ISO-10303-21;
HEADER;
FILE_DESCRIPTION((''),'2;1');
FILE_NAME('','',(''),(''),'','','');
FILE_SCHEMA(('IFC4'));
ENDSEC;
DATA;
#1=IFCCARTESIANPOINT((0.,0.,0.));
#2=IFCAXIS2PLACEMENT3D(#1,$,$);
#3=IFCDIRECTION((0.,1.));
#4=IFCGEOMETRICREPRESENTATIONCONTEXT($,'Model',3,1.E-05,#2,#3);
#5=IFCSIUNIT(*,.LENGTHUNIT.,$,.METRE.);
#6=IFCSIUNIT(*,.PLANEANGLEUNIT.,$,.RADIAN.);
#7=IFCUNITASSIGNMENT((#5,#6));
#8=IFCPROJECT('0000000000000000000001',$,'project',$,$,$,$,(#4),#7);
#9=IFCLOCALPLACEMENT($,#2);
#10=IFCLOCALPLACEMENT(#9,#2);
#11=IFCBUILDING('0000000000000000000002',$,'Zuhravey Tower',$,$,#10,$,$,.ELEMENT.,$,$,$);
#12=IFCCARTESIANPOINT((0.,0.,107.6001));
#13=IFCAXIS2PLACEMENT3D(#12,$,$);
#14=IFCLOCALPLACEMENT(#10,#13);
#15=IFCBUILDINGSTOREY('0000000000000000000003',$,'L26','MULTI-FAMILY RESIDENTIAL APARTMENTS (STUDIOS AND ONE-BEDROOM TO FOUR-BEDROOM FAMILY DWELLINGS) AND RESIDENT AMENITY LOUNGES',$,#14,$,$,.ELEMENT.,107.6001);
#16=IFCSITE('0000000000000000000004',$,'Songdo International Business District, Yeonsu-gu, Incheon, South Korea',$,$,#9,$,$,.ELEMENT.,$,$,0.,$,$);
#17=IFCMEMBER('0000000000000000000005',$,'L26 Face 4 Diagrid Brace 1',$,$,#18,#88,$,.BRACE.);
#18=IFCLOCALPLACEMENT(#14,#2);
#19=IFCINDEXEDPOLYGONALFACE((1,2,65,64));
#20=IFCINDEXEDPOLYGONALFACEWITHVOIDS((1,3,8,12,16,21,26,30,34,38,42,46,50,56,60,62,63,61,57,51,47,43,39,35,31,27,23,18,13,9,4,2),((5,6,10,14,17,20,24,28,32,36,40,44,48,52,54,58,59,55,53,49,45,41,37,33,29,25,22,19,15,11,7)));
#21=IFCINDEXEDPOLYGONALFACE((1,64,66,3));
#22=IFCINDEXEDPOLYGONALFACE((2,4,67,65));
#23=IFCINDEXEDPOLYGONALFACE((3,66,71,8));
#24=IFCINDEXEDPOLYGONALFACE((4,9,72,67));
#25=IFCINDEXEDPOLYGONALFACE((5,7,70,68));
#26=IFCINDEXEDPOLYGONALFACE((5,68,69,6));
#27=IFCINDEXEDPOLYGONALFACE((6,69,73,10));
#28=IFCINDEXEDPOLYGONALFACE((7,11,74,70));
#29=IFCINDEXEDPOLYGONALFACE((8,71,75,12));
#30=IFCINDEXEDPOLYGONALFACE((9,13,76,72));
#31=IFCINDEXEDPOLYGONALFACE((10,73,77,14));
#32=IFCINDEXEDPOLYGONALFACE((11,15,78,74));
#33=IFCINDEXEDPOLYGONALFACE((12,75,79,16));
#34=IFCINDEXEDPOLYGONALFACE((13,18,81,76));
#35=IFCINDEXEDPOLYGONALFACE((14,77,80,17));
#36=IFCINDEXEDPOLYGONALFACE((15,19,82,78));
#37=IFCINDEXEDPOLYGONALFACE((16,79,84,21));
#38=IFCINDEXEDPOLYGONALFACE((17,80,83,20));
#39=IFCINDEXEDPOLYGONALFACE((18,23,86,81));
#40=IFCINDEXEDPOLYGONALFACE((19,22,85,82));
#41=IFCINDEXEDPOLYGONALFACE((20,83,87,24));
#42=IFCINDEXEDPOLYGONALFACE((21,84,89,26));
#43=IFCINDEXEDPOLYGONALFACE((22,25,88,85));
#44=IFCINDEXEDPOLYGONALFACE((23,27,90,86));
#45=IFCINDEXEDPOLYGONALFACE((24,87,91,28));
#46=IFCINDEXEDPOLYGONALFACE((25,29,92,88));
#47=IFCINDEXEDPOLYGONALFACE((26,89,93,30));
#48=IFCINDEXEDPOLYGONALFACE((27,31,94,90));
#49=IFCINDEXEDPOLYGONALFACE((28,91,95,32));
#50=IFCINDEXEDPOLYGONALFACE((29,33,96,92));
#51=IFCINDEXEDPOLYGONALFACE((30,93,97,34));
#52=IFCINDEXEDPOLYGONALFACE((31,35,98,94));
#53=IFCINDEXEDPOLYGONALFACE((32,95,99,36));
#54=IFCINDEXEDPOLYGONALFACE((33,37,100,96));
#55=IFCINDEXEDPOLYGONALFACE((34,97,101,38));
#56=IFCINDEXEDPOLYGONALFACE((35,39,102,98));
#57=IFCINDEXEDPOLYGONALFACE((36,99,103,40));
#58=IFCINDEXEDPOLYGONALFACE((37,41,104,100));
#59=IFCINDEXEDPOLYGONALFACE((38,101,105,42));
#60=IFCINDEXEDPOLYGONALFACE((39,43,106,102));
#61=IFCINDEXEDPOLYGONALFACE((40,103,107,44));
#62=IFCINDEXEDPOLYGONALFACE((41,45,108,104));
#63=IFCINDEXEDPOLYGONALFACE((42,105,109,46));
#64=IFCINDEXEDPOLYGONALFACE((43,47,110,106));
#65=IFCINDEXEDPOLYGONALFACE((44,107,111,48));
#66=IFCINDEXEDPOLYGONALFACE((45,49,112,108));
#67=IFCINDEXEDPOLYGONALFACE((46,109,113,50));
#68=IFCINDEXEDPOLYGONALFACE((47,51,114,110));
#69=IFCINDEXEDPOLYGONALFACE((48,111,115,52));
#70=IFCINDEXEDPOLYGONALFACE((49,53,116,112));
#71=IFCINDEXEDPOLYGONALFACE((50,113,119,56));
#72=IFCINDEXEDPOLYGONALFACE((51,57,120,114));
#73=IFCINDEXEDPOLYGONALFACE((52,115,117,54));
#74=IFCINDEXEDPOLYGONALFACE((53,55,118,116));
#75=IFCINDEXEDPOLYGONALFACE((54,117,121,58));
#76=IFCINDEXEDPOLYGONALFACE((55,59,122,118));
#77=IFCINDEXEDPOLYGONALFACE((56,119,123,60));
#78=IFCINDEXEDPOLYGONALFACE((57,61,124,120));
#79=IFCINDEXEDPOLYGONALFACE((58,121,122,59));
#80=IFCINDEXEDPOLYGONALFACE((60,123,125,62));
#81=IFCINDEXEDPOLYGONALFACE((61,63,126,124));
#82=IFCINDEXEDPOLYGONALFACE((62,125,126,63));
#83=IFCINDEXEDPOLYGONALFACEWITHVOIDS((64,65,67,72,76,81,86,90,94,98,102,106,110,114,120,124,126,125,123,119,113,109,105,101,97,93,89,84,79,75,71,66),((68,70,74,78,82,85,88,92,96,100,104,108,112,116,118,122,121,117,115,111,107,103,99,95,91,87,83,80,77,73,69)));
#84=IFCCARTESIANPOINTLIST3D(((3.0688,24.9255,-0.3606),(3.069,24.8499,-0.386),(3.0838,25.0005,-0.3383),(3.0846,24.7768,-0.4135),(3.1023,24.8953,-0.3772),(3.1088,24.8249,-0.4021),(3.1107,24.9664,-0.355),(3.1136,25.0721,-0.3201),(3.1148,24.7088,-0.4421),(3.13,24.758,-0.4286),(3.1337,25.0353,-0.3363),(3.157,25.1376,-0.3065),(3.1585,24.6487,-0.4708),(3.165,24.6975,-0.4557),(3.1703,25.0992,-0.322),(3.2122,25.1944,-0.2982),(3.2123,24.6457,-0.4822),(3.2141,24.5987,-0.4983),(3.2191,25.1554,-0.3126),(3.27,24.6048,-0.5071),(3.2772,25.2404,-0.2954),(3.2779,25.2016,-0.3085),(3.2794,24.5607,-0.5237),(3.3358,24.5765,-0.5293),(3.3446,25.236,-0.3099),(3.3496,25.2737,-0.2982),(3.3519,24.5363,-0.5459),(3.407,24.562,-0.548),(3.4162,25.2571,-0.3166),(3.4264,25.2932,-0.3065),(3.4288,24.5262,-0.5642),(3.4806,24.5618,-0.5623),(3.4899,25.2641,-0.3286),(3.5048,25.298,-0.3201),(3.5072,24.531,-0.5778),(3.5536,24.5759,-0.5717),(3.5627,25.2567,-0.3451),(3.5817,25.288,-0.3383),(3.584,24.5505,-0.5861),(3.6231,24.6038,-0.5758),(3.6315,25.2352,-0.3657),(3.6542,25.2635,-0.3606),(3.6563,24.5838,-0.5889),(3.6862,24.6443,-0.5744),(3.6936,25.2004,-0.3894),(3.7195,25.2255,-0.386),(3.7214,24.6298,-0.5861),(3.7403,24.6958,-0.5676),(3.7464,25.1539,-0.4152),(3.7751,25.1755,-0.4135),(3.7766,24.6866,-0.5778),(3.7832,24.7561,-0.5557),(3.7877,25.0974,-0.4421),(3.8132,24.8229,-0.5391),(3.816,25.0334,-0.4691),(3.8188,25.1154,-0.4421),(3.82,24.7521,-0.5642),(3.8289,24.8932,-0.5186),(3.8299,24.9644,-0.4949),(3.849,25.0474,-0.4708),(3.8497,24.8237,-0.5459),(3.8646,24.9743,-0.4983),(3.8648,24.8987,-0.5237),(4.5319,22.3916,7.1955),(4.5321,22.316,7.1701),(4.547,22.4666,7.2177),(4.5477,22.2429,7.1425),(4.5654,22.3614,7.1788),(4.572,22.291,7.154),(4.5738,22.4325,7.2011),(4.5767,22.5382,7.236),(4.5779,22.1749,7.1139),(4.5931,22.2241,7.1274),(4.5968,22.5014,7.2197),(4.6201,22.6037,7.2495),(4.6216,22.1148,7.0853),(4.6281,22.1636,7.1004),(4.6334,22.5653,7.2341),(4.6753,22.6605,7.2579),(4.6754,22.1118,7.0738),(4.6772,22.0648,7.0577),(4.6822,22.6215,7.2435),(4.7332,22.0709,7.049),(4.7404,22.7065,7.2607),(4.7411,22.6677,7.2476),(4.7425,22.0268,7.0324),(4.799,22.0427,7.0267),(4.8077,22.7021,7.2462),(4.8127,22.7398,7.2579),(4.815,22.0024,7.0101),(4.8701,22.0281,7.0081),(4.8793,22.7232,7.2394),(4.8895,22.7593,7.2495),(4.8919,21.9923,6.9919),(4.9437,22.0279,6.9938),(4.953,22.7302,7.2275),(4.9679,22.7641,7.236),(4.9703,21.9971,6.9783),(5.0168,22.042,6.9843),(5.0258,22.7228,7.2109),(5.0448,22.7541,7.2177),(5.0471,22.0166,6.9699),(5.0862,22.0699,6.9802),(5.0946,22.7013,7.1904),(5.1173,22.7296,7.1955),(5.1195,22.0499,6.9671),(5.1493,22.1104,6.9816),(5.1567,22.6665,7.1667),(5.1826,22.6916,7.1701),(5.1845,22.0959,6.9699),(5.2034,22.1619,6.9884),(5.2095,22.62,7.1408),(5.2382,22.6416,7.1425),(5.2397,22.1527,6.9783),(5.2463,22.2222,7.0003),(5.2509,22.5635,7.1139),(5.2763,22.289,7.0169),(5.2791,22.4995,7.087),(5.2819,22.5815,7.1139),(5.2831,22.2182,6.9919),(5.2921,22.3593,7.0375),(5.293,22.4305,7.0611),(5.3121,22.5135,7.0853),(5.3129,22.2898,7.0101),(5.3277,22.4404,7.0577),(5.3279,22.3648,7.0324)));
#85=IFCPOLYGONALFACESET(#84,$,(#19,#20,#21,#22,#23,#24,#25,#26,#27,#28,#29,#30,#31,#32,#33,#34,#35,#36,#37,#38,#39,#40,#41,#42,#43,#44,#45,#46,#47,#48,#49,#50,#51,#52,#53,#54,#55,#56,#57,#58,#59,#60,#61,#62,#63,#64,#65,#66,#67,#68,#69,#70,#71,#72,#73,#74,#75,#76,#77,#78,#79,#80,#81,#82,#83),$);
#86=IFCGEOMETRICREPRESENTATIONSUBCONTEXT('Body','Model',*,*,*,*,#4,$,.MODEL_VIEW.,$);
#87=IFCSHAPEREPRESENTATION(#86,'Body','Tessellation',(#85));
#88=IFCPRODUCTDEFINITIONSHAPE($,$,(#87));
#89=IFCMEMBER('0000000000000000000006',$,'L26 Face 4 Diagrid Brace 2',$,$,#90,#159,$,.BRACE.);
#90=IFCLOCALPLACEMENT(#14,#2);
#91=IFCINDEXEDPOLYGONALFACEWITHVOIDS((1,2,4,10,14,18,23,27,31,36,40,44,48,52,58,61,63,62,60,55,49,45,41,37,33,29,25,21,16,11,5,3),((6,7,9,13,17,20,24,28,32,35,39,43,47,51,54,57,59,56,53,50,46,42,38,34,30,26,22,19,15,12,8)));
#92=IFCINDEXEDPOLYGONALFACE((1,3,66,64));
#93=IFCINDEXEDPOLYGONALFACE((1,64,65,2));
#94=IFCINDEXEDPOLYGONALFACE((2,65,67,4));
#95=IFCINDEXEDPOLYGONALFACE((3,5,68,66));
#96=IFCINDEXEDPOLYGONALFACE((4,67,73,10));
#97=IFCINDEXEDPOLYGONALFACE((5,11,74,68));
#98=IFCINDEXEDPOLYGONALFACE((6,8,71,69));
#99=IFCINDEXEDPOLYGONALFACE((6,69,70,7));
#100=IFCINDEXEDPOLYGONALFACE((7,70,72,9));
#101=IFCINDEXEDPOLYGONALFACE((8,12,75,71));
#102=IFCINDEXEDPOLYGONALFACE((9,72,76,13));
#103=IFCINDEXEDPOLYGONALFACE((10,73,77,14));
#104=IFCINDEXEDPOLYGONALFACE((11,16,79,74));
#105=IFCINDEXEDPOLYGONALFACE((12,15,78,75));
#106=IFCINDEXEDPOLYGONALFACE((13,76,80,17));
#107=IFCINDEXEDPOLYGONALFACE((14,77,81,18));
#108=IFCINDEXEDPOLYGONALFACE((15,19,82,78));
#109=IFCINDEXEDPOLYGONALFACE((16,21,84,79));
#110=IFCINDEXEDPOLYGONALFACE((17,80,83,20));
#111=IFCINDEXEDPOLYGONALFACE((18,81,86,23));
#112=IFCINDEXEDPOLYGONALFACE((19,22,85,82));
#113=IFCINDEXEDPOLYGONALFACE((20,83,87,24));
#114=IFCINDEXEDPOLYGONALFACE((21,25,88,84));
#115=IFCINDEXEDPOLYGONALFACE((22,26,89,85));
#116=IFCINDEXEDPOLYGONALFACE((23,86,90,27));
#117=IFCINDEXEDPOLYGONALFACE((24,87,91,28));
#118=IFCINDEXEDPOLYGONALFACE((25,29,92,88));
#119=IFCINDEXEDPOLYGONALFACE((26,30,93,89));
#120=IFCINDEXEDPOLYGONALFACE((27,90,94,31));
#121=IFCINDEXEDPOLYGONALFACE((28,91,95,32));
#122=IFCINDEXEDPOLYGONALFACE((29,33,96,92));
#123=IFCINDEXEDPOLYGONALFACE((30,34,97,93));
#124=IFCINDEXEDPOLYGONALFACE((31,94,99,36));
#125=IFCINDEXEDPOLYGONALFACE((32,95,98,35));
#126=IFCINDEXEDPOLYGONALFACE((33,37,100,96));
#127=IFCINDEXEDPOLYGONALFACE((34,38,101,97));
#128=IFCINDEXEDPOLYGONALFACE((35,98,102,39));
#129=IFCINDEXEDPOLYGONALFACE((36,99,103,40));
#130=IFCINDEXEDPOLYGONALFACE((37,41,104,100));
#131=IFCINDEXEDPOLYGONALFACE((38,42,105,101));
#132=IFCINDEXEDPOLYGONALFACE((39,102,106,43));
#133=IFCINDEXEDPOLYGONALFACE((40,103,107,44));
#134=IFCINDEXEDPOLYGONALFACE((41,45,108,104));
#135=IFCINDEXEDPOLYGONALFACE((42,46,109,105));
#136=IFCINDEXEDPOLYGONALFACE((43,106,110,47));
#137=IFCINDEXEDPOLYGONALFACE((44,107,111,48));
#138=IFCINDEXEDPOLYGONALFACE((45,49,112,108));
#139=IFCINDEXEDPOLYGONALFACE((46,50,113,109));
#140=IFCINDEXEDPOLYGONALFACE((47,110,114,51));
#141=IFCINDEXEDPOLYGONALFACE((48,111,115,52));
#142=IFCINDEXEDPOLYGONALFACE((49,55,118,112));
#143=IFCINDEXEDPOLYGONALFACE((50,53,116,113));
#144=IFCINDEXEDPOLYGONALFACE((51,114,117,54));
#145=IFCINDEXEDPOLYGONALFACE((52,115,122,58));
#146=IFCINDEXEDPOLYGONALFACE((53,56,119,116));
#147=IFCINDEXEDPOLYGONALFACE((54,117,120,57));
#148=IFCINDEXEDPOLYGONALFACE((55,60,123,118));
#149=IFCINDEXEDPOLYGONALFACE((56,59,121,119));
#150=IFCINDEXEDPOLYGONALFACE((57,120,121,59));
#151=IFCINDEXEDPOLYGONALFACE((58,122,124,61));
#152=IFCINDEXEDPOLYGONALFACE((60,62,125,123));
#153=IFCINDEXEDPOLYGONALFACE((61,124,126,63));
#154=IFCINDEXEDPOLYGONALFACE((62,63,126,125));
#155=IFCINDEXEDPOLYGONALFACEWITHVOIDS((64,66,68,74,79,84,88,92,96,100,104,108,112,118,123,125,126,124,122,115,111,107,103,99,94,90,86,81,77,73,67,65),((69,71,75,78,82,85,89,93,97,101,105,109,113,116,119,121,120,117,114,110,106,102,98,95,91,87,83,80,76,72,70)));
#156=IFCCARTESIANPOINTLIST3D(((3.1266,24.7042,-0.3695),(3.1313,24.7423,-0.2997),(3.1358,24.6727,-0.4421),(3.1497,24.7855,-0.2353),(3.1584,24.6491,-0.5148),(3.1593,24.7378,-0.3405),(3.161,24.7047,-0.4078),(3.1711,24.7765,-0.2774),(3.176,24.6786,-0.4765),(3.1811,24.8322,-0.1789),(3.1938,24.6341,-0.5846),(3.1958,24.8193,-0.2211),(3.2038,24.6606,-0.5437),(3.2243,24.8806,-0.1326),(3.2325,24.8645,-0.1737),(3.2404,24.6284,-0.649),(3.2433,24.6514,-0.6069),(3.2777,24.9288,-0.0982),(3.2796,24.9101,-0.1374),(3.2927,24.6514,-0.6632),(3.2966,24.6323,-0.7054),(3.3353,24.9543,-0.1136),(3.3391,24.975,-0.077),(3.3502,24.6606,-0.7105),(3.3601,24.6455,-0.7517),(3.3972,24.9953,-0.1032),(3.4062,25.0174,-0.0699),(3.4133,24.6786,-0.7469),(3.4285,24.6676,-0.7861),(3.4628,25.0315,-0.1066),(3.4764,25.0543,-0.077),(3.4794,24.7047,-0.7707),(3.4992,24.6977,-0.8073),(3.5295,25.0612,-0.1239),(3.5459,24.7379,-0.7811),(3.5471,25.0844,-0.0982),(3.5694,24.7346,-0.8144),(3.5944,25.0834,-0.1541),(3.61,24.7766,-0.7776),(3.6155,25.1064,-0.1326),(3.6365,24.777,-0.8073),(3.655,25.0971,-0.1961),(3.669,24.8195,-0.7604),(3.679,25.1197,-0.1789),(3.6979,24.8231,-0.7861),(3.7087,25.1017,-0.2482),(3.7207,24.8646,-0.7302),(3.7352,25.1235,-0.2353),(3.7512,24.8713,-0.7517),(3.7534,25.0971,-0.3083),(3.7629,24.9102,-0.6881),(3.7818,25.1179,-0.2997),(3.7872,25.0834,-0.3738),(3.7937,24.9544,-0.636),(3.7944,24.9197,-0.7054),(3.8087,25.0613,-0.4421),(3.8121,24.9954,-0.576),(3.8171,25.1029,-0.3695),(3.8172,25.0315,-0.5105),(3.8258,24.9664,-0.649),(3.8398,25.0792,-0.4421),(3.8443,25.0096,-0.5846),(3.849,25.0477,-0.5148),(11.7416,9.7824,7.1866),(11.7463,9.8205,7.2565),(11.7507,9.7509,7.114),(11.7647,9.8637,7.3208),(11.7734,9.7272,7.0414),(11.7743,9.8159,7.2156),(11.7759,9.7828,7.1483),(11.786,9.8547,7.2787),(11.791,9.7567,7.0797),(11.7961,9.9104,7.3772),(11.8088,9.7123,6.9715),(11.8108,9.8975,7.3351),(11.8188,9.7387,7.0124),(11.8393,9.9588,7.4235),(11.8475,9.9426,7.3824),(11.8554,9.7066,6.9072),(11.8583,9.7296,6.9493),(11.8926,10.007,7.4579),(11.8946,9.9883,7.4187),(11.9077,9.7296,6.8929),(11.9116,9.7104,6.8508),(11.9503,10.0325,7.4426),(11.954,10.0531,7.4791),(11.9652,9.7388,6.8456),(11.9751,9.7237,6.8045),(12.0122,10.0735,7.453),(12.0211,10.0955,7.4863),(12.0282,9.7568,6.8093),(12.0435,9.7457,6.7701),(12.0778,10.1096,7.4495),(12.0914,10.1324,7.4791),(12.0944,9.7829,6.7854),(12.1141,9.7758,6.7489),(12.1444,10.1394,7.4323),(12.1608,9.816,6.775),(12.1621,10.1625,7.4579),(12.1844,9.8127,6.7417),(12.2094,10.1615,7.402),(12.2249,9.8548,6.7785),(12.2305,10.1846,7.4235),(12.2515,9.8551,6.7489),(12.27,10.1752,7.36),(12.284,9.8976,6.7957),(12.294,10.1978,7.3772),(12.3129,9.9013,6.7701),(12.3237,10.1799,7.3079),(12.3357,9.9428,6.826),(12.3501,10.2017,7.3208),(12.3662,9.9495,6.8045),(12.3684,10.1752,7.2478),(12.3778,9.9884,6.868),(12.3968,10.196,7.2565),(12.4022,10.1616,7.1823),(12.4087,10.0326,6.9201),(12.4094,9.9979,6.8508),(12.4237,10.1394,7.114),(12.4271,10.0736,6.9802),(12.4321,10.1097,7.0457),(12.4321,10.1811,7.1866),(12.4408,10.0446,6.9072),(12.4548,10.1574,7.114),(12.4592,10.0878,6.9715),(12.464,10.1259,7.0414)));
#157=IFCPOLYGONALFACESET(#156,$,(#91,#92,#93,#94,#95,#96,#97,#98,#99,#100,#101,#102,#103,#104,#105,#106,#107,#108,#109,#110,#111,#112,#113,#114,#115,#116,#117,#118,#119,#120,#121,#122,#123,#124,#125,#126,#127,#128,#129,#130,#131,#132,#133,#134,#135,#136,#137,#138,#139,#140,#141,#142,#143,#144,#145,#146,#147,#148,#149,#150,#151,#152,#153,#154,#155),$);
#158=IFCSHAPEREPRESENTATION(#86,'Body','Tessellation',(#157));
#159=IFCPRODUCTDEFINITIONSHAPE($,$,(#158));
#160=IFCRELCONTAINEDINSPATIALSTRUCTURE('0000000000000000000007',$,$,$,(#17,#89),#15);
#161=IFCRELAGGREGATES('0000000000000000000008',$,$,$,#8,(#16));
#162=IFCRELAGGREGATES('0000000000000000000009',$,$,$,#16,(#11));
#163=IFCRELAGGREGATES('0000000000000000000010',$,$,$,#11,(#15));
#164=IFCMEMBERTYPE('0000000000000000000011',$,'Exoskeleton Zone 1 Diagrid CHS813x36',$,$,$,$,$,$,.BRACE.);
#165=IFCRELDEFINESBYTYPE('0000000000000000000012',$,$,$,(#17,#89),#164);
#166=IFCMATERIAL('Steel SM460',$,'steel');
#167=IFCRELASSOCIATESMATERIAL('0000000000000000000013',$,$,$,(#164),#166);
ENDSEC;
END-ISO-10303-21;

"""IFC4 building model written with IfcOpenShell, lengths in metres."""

from ifc_helpers import new_model, si_unit, direction, frame, origin, origin_2d, place, context, subcontext, project, spatial, hollow_circle, extrude, material, material_profile, profile_set, type_object, element, save


model = new_model("IFC4")

# Units and contexts
model_context = context("Model", 3, precision=1e-05, world=origin(), true_north=direction((0.0, 1.0)))
body_context = subcontext(model_context, "Body", "Model", "MODEL_VIEW")
ifc_project = project(units=[si_unit("LENGTHUNIT", "METRE"), si_unit("PLANEANGLEUNIT", "RADIAN")], contexts=[model_context])

# Site, building, storey
site_placement = place(None, origin())
site = spatial("IfcSite", under=ifc_project, at=site_placement, Name="Songdo International Business District, Yeonsu-gu, Incheon, South Korea", CompositionType="ELEMENT", RefElevation=0.0)
building_placement = place(site_placement, origin())
building = spatial("IfcBuilding", under=site, at=building_placement, Name="Zuhravey Tower", CompositionType="ELEMENT")
storey_placement = place(building_placement, frame((0.0, 0.0, 107.6001)))
storey = spatial("IfcBuildingStorey", under=building, at=storey_placement, Name="L26", Description="MULTI-FAMILY RESIDENTIAL APARTMENTS (STUDIOS AND ONE-BEDROOM TO FOUR-BEDROOM FAMILY DWELLINGS) AND RESIDENT AMENITY LOUNGES", CompositionType="ELEMENT", Elevation=107.6001)

# Members
ifc_material_1 = material(Name="Steel SM460", Category="steel")
ifc_material_profile_1 = material_profile(ifc_material_1, hollow_circle(Radius=0.4065, WallThickness=0.0359, at=origin_2d()), Name="CHS-812.8x36")
ifc_profile_set_1 = profile_set([ifc_material_profile_1], Name="Steel SM460")
member_type_1 = type_object("IfcMemberType", Name="Exoskeleton Zone 1 Diagrid CHS813x36", PredefinedType="BRACE", material=ifc_profile_set_1)
member_1_placement = place(storey_placement, frame((3.4668, 24.9121, -0.4421), z_axis=(0.180569, -0.312719, 0.932524), x_axis=(0.866001, 0.500043, 0.0)))
element("IfcMember", 1, at=member_1_placement, inside=storey, type_object=member_type_1, Name="L26 Face 4 Diagrid Brace 1", PredefinedType="BRACE", context=body_context, shape_type="SweptSolid", body=[
    extrude(hollow_circle(Radius=0.4065, WallThickness=0.0359, at=origin_2d()), origin(), (0.0, 0.0, 1.0), 8.1028),
])
member_2_placement = place(storey_placement, frame((3.4878, 24.876, -0.4421), z_axis=(0.457897, -0.793116, 0.401619), x_axis=(0.866029, 0.499993, 0.0)))
element("IfcMember", 2, at=member_2_placement, inside=storey, type_object=member_type_1, Name="L26 Face 4 Diagrid Brace 2", PredefinedType="BRACE", context=body_context, shape_type="SweptSolid", body=[
    extrude(hollow_circle(Radius=0.4065, WallThickness=0.0359, at=origin_2d()), origin(), (0.0, 0.0, 1.0), 18.8142),
])

save(model, "model.ifc")
